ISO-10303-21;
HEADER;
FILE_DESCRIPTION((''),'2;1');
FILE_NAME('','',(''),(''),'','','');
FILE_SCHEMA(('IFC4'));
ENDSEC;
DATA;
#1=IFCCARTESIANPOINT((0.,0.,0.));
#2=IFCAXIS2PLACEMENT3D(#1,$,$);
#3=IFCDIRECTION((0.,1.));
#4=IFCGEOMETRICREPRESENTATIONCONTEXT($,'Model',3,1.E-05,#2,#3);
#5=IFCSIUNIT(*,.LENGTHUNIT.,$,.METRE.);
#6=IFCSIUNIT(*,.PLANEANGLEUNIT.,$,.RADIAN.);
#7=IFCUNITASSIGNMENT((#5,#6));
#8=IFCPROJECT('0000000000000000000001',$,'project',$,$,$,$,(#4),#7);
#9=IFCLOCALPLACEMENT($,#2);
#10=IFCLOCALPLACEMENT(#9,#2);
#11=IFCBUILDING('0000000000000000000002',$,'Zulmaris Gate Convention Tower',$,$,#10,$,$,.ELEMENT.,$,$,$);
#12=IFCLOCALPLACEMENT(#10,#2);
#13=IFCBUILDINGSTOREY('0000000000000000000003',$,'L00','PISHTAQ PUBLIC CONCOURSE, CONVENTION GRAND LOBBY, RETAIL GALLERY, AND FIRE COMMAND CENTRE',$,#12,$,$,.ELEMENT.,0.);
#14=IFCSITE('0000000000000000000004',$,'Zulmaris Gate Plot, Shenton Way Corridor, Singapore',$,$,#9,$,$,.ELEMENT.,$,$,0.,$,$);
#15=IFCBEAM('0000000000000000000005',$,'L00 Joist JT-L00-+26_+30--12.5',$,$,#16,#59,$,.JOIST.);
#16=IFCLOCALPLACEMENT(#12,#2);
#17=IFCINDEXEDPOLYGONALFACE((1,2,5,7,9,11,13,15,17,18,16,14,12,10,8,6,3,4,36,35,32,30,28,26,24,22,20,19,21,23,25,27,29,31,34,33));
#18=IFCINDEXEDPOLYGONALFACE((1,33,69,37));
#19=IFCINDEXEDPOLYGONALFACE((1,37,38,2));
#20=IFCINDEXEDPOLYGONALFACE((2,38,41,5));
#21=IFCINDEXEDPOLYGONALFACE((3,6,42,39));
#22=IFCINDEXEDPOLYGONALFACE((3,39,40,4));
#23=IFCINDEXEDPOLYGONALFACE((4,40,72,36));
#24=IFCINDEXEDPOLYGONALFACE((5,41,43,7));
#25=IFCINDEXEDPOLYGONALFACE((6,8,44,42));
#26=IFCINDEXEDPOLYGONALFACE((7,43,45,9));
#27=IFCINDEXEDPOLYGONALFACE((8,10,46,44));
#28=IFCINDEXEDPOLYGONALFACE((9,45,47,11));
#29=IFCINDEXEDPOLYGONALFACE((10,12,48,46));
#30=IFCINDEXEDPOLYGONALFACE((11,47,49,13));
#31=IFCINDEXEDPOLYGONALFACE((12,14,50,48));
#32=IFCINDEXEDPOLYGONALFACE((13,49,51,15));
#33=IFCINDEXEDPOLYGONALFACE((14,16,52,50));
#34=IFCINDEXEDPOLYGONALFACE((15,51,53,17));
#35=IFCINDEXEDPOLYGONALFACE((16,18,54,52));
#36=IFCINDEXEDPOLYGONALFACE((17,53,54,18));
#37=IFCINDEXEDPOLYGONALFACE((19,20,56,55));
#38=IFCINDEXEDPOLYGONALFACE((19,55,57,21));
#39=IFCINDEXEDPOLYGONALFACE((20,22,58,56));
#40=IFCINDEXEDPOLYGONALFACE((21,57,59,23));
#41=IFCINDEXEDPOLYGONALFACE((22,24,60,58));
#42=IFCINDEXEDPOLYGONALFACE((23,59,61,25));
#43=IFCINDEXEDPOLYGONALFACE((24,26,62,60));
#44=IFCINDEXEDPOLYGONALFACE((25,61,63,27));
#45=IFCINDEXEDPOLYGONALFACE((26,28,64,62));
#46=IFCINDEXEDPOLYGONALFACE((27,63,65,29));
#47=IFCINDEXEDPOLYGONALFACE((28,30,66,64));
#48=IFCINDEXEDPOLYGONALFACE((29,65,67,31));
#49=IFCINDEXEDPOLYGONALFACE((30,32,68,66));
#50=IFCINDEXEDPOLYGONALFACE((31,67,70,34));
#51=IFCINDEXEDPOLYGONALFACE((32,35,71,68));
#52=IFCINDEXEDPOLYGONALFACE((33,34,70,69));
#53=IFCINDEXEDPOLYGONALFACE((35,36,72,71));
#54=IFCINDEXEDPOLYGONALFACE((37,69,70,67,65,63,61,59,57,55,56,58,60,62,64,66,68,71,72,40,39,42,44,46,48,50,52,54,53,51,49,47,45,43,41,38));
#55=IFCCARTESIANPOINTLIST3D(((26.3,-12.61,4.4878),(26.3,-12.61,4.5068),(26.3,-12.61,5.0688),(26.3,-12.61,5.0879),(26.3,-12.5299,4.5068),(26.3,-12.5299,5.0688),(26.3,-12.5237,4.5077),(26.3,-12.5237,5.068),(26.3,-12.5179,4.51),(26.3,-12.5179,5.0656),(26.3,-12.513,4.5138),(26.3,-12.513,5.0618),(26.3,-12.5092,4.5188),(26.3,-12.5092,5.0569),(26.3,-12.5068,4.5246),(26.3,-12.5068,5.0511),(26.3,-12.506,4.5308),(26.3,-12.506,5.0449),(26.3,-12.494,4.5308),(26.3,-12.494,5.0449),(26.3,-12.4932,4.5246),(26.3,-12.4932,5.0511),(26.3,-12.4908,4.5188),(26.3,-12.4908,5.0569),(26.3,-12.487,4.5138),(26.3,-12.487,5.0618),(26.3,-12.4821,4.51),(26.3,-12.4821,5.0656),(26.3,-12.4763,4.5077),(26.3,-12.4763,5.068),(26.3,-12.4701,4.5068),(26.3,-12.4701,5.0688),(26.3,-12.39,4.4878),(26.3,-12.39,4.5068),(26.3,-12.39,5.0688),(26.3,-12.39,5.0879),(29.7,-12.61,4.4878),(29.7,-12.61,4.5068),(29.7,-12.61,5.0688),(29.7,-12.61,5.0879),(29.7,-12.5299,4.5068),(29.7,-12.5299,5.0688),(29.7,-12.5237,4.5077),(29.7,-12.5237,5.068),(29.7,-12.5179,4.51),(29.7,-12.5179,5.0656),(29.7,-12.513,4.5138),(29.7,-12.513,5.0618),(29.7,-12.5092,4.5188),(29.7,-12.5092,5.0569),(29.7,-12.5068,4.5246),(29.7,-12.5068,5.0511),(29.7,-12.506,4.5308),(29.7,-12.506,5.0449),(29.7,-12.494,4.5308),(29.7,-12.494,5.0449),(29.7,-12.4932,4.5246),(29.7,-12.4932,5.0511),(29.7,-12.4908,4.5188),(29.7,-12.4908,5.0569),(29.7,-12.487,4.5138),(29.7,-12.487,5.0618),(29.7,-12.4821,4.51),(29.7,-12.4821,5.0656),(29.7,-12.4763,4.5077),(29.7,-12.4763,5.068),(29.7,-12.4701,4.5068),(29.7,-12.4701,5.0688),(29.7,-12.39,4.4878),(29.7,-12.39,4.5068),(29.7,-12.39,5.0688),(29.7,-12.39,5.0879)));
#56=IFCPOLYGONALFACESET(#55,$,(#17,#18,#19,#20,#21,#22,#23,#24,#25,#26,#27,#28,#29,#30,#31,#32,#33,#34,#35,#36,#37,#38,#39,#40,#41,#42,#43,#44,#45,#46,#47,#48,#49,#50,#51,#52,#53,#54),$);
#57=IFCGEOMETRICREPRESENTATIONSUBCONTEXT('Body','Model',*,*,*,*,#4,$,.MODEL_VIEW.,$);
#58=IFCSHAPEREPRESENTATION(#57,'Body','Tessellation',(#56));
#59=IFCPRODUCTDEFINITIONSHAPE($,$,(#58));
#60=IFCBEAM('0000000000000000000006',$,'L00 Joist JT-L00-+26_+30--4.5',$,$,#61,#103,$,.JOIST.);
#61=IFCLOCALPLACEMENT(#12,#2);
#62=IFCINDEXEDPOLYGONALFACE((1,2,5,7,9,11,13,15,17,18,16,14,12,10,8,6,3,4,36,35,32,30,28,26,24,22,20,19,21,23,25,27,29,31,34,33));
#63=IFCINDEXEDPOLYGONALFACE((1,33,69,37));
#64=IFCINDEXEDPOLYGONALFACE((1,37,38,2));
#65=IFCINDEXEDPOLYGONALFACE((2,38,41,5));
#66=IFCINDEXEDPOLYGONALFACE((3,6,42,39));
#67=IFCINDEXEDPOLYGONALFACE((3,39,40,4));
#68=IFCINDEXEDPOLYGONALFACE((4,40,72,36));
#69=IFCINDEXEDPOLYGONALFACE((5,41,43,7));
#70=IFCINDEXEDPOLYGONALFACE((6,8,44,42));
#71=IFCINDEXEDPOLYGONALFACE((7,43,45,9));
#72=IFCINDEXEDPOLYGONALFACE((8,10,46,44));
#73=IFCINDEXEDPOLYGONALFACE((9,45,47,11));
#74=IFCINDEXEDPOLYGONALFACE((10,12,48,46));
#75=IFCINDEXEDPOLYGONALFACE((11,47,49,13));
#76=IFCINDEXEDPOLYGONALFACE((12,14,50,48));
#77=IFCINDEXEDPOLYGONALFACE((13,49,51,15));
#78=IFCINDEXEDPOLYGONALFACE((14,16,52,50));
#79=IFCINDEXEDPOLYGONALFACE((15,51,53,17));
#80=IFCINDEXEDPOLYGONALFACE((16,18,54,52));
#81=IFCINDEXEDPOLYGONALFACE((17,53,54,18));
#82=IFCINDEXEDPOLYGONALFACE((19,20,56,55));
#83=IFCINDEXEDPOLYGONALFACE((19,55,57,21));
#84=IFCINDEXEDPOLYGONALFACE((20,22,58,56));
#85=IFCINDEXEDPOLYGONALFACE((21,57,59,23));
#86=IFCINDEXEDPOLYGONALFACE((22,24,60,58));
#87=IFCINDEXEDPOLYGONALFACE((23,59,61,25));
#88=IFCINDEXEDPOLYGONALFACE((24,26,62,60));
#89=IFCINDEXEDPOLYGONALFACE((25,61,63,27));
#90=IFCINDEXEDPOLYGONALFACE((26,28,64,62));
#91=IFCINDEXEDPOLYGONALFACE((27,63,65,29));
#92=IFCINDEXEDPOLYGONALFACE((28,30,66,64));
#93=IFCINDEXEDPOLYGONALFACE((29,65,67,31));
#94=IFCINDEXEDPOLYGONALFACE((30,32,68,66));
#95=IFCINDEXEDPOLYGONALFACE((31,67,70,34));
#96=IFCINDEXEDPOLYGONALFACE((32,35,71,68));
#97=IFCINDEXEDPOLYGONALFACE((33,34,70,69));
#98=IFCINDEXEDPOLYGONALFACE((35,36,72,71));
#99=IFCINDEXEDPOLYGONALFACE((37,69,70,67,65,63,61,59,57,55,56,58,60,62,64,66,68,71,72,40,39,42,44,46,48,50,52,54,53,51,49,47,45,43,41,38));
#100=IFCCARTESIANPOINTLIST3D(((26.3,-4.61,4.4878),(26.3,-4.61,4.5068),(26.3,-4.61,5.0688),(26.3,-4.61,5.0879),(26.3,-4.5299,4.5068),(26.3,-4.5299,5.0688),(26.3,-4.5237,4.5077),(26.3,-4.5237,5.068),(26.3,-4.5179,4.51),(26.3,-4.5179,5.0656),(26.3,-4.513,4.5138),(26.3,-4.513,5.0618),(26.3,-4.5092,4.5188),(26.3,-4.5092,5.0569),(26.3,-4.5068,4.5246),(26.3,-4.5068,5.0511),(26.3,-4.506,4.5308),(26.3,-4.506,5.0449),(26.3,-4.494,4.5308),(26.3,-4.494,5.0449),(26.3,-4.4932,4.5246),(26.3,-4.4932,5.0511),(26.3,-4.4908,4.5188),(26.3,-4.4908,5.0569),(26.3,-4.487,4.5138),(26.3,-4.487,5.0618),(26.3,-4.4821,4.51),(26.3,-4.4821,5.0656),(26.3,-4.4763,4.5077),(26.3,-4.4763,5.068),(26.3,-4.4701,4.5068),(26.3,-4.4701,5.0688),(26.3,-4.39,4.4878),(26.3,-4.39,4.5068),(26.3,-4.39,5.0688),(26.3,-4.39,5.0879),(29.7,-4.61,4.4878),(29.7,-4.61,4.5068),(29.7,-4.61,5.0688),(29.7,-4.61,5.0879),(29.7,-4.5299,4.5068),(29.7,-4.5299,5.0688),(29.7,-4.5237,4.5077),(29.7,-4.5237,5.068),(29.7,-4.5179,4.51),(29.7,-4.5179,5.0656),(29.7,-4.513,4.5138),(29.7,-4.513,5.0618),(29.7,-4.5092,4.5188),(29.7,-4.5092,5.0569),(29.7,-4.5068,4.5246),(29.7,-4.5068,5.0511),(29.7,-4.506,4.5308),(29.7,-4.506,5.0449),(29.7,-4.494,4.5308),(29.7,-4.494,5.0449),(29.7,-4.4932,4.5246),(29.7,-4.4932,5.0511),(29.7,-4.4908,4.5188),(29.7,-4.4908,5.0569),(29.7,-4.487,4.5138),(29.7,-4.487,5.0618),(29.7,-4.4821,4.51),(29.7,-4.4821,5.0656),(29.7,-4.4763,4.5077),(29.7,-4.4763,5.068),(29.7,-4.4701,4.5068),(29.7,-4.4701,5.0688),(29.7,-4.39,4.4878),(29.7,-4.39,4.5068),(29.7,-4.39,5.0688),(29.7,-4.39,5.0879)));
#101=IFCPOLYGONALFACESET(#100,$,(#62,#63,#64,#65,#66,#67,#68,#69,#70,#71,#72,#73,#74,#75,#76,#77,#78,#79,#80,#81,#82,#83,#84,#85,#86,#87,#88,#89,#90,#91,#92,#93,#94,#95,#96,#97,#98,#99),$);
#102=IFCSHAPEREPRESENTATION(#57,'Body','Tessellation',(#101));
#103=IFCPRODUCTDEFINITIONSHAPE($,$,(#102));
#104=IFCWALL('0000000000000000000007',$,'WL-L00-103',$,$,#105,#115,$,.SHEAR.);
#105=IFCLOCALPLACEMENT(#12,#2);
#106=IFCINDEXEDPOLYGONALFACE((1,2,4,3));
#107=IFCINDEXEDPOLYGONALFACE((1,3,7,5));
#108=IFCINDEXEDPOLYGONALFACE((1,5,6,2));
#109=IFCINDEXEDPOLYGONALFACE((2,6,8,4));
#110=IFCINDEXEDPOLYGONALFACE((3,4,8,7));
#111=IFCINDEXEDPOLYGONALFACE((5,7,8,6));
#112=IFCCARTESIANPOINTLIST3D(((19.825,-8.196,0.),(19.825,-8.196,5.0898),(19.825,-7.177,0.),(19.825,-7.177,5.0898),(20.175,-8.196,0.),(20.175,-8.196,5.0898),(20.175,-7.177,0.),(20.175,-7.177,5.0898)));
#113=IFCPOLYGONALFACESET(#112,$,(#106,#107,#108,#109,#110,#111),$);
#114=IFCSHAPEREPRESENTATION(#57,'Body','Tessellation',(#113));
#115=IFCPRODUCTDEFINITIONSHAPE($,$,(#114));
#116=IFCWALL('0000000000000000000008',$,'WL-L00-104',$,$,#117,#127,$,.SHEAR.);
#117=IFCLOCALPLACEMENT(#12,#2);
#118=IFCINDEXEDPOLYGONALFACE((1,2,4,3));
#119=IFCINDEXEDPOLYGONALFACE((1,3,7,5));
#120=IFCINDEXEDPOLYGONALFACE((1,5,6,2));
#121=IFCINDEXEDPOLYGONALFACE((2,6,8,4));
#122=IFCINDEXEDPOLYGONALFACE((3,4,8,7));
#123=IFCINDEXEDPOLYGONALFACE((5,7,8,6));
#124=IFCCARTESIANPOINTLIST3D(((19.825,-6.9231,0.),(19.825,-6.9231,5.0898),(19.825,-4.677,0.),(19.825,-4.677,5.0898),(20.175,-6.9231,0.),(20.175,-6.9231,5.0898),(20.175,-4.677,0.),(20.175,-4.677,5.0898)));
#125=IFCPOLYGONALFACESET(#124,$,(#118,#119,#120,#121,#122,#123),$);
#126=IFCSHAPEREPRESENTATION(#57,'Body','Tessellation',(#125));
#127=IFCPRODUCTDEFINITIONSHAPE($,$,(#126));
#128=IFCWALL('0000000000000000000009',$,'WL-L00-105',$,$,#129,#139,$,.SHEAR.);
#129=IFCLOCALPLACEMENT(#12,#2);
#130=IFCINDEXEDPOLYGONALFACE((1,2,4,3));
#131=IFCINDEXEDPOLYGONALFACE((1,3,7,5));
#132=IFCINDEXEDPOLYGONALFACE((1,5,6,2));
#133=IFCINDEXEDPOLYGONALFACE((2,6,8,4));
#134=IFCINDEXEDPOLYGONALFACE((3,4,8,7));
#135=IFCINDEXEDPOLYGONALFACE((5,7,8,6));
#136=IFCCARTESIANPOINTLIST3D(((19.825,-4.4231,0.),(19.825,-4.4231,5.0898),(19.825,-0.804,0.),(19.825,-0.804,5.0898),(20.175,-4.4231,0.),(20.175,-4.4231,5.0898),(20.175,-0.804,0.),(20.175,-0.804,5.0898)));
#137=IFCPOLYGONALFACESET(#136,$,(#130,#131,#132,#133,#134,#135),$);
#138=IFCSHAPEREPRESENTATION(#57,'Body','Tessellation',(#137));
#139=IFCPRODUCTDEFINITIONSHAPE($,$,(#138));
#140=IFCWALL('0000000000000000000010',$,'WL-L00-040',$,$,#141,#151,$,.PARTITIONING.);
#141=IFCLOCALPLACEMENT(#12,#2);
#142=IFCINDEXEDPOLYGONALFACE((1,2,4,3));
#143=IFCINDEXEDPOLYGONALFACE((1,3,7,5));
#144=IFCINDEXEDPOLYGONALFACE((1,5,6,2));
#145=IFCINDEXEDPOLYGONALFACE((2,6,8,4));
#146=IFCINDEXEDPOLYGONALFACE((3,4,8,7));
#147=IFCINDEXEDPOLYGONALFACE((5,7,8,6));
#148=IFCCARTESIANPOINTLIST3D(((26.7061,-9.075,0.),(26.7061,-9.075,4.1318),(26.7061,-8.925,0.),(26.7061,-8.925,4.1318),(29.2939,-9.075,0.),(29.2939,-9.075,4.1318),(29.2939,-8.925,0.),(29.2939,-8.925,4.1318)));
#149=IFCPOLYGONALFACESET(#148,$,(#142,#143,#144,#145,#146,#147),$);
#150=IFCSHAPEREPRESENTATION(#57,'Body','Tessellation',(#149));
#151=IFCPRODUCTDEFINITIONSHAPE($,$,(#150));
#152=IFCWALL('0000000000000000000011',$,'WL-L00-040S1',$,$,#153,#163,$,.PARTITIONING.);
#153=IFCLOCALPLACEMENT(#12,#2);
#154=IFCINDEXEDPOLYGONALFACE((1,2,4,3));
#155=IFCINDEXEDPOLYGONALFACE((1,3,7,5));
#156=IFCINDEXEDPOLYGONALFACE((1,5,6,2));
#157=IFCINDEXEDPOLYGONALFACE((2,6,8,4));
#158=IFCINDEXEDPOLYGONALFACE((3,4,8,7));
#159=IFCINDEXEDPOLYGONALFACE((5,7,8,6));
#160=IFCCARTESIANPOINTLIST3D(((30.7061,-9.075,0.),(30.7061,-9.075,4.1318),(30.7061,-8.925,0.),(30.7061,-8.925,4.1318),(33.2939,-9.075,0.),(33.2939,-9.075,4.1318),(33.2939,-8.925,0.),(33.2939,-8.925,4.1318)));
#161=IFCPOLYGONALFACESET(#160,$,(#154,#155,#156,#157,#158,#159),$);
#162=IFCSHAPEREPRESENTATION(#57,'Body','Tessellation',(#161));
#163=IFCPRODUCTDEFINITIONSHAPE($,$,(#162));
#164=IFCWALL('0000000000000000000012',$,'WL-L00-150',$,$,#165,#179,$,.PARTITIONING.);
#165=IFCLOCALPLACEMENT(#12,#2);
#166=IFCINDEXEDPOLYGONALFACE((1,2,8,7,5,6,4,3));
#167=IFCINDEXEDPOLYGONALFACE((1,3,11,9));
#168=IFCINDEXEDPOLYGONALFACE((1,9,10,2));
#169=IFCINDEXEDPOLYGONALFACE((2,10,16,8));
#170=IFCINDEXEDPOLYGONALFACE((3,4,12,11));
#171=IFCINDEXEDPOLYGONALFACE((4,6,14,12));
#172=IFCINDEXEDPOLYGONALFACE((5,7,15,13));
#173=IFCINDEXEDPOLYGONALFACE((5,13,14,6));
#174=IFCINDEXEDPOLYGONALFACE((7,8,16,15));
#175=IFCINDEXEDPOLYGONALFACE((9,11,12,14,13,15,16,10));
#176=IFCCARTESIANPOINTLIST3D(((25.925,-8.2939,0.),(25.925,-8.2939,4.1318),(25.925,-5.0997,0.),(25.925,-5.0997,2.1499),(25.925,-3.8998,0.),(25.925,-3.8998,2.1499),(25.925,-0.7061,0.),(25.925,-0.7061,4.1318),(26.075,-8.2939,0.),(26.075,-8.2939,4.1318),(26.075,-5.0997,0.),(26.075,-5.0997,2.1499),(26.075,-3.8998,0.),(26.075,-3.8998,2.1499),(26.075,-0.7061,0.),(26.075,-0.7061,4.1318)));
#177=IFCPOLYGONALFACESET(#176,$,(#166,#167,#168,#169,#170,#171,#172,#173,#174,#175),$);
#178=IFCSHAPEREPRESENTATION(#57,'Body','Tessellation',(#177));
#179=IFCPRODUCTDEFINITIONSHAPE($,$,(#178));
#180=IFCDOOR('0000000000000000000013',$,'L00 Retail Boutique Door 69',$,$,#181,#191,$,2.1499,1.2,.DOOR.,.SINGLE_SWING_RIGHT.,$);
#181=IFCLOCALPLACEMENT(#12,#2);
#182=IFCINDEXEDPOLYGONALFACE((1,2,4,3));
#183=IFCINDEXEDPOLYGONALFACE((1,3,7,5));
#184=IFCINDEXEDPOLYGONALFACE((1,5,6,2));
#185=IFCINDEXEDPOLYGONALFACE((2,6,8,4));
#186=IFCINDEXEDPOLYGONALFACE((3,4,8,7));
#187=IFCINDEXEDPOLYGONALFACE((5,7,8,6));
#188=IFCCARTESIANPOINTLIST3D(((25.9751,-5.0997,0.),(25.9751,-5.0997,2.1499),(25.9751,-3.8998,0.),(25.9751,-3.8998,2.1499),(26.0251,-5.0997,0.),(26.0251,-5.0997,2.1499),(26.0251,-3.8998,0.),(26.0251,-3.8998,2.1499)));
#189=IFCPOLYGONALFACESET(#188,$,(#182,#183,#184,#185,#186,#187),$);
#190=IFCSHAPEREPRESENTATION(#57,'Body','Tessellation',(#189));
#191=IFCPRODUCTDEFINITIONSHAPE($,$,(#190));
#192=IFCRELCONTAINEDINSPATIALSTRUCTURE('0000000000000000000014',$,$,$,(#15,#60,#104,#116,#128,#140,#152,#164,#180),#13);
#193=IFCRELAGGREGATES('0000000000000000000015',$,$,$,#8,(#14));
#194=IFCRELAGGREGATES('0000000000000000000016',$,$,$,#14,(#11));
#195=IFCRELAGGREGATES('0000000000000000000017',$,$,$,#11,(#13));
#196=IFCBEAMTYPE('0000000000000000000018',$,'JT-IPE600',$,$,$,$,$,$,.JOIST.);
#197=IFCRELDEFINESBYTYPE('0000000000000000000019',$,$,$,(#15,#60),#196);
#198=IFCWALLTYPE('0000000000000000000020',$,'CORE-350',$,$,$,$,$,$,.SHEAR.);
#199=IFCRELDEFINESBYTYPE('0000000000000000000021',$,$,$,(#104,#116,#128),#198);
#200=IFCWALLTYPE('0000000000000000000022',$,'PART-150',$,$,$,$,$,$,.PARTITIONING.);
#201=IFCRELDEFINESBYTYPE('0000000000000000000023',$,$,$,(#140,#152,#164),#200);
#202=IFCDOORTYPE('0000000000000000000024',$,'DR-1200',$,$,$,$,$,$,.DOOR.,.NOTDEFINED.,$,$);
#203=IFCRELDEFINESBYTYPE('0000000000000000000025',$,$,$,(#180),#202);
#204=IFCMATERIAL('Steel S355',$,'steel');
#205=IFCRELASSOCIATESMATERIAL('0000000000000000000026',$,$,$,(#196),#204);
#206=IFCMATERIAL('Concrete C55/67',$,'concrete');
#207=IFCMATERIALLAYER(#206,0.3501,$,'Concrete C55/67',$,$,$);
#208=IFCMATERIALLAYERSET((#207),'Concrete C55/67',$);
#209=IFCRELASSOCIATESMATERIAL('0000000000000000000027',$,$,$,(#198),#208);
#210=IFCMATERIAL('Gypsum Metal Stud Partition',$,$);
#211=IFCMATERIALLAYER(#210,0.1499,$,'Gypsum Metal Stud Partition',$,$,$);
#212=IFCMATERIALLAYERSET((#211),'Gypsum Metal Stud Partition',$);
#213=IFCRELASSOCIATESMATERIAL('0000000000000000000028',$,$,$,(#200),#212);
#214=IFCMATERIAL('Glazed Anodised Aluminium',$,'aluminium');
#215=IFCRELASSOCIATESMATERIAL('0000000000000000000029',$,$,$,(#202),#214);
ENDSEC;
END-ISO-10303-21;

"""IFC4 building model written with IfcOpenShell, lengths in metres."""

from ifc_helpers import new_model, si_unit, direction, frame, frame_2d, origin, origin_2d, place, context, subcontext, project, spatial, rectangle, i_section, extrude, material, layer, layer_set, material_profile, profile_set, type_object, element, fill, save


model = new_model("IFC4")

# Units and contexts
model_context = context("Model", 3, precision=1e-05, world=origin(), true_north=direction((0.0, 1.0)))
body_context = subcontext(model_context, "Body", "Model", "MODEL_VIEW")
ifc_project = project(units=[si_unit("LENGTHUNIT", "METRE"), si_unit("PLANEANGLEUNIT", "RADIAN")], contexts=[model_context])

# Site, building, storey
site_placement = place(None, origin())
site = spatial("IfcSite", under=ifc_project, at=site_placement, Name="Zulmaris Gate Plot, Shenton Way Corridor, Singapore", CompositionType="ELEMENT", RefElevation=0.0)
building_placement = place(site_placement, origin())
building = spatial("IfcBuilding", under=site, at=building_placement, Name="Zulmaris Gate Convention Tower", CompositionType="ELEMENT")
storey_placement = place(building_placement, origin())
storey = spatial("IfcBuildingStorey", under=building, at=storey_placement, Name="L00", Description="PISHTAQ PUBLIC CONCOURSE, CONVENTION GRAND LOBBY, RETAIL GALLERY, AND FIRE COMMAND CENTRE", CompositionType="ELEMENT", Elevation=0.0)

# Beams
ifc_material_1 = material(Name="Steel S355", Category="steel")
ifc_material_profile_1 = material_profile(ifc_material_1, i_section(OverallWidth=0.22, OverallDepth=0.6001, WebThickness=0.012, FlangeThickness=0.019, FilletRadius=0.0239, at=origin_2d()), Name="IPE 600")
ifc_profile_set_1 = profile_set([ifc_material_profile_1], Name="Steel S355")
beam_type_1 = type_object("IfcBeamType", Name="JT-IPE600", PredefinedType="JOIST", material=ifc_profile_set_1)
for number, where, z_axis, x_axis, name in (
    (1, (26.3, -12.5, 4.7878), (1.0, 0.0, 0.0), (0.0, 1.0, 0.0), "L00 Joist JT-L00-+26_+30--12.5"),
    (2, (26.3, -4.5, 4.7878), (1.0, 0.0, 0.0), (0.0, 1.0, 0.0), "L00 Joist JT-L00-+26_+30--4.5"),
):
    element("IfcBeam", number, at=place(storey_placement, frame(where, z_axis=z_axis, x_axis=x_axis)), inside=storey, type_object=beam_type_1, Name=name, PredefinedType="JOIST", context=body_context, shape_type="SweptSolid", body=[
        extrude(i_section(OverallWidth=0.22, OverallDepth=0.6001, WebThickness=0.012, FlangeThickness=0.019, FilletRadius=0.0239, at=origin_2d()), origin(), (0.0, 0.0, 1.0), 3.3999),
    ])

# Walls
ifc_material_2 = material(Name="Concrete C55/67", Category="concrete")
ifc_layer_1 = layer(ifc_material_2, 0.3501, Name="Concrete C55/67")
ifc_layer_set_1 = layer_set([ifc_layer_1], Name="Concrete C55/67")
wall_type_1 = type_object("IfcWallType", Name="CORE-350", PredefinedType="SHEAR", material=ifc_layer_set_1)
wall_1_placement = place(storey_placement, frame((20.0, -8.196, 0.0), z_axis=(0.0, 0.0, 1.0), x_axis=(0.0, 1.0, 0.0)))
element("IfcWall", 3, at=wall_1_placement, inside=storey, type_object=wall_type_1, Name="WL-L00-103", PredefinedType="SHEAR", context=body_context, shape_type="SweptSolid", body=[
    extrude(rectangle(XDim=1.019, YDim=0.3501, at=frame_2d((0.5095, 0.0))), origin(), (0.0, 0.0, 1.0), 5.0898),
])
wall_2_placement = place(storey_placement, frame((20.0, -6.9231, 0.0), z_axis=(0.0, 0.0, 1.0), x_axis=(0.0, 1.0, 0.0)))
element("IfcWall", 4, at=wall_2_placement, inside=storey, type_object=wall_type_1, Name="WL-L00-104", PredefinedType="SHEAR", context=body_context, shape_type="SweptSolid", body=[
    extrude(rectangle(XDim=2.2461, YDim=0.3501, at=frame_2d((1.123, 0.0))), origin(), (0.0, 0.0, 1.0), 5.0898),
])
wall_3_placement = place(storey_placement, frame((20.0, -4.4231, 0.0), z_axis=(0.0, 0.0, 1.0), x_axis=(0.0, 1.0, 0.0)))
element("IfcWall", 5, at=wall_3_placement, inside=storey, type_object=wall_type_1, Name="WL-L00-105", PredefinedType="SHEAR", context=body_context, shape_type="SweptSolid", body=[
    extrude(rectangle(XDim=3.6191, YDim=0.3501, at=frame_2d((1.8096, 0.0))), origin(), (0.0, 0.0, 1.0), 5.0898),
])
ifc_material_3 = material(Name="Gypsum Metal Stud Partition")
ifc_layer_2 = layer(ifc_material_3, 0.1499, Name="Gypsum Metal Stud Partition")
ifc_layer_set_2 = layer_set([ifc_layer_2], Name="Gypsum Metal Stud Partition")
wall_type_2 = type_object("IfcWallType", Name="PART-150", PredefinedType="PARTITIONING", material=ifc_layer_set_2)
for number, where, z_axis, x_axis, name in (
    (6, (26.7061, -9.0, 0.0), (0.0, 0.0, 1.0), (1.0, 0.0, 0.0), "WL-L00-040"),
    (7, (30.7061, -9.0, 0.0), (0.0, 0.0, 1.0), (1.0, 0.0, 0.0), "WL-L00-040S1"),
):
    element("IfcWall", number, at=place(storey_placement, frame(where, z_axis=z_axis, x_axis=x_axis)), inside=storey, type_object=wall_type_2, Name=name, PredefinedType="PARTITIONING", context=body_context, shape_type="SweptSolid", body=[
        extrude(rectangle(XDim=2.5879, YDim=0.1499, at=frame_2d((1.2939, 0.0))), origin(), (0.0, 0.0, 1.0), 4.1318),
    ])

# Wall, opening, door
wall_4_placement = place(storey_placement, frame((26.0, -8.2939, 0.0), z_axis=(0.0, 0.0, 1.0), x_axis=(0.0, 1.0, 0.0)))
wall_4 = element("IfcWall", 8, at=wall_4_placement, inside=storey, type_object=wall_type_2, Name="WL-L00-150", PredefinedType="PARTITIONING", context=body_context, shape_type="SweptSolid", body=[
    extrude(rectangle(XDim=7.5879, YDim=0.1499, at=frame_2d((3.7939, 0.0))), origin(), (0.0, 0.0, 1.0), 4.1318),
])
opening_1_placement = place(wall_4_placement, frame((3.1941, 0.0, 0.0)))
opening_1 = element("IfcOpeningElement", 9, at=opening_1_placement, cuts=wall_4, PredefinedType="OPENING", context=body_context, shape_type="SweptSolid", body=[
    extrude(rectangle(XDim=1.2, YDim=2.1499, at=frame_2d((0.6001, 1.075))), frame((0.0, 0.085, 0.0), z_axis=(0.0, -1.0, 0.0), x_axis=(1.0, 0.0, 0.0)), (0.0, 0.0, 1.0), 0.1699),
])
ifc_material_4 = material(Name="Glazed Anodised Aluminium", Category="aluminium")
door_type_1 = type_object("IfcDoorType", Name="DR-1200", OperationType="NOTDEFINED", PredefinedType="DOOR", material=ifc_material_4)
door_1_placement = place(opening_1_placement, origin())
door_1 = element("IfcDoor", 10, at=door_1_placement, inside=storey, type_object=door_type_1, Name="L00 Retail Boutique Door 69", OperationType="SINGLE_SWING_RIGHT", OverallHeight=2.1499, OverallWidth=1.2, PredefinedType="DOOR", context=body_context, shape_type="SweptSolid", body=[
    extrude(rectangle(XDim=1.2, YDim=2.1499, at=frame_2d((0.6001, 1.075))), frame((0.0, 0.0249, 0.0), z_axis=(0.0, -1.0, 0.0), x_axis=(1.0, 0.0, 0.0)), (0.0, 0.0, 1.0), 0.05),
])
fill(opening_1, door_1)

save(model, "model.ifc")
